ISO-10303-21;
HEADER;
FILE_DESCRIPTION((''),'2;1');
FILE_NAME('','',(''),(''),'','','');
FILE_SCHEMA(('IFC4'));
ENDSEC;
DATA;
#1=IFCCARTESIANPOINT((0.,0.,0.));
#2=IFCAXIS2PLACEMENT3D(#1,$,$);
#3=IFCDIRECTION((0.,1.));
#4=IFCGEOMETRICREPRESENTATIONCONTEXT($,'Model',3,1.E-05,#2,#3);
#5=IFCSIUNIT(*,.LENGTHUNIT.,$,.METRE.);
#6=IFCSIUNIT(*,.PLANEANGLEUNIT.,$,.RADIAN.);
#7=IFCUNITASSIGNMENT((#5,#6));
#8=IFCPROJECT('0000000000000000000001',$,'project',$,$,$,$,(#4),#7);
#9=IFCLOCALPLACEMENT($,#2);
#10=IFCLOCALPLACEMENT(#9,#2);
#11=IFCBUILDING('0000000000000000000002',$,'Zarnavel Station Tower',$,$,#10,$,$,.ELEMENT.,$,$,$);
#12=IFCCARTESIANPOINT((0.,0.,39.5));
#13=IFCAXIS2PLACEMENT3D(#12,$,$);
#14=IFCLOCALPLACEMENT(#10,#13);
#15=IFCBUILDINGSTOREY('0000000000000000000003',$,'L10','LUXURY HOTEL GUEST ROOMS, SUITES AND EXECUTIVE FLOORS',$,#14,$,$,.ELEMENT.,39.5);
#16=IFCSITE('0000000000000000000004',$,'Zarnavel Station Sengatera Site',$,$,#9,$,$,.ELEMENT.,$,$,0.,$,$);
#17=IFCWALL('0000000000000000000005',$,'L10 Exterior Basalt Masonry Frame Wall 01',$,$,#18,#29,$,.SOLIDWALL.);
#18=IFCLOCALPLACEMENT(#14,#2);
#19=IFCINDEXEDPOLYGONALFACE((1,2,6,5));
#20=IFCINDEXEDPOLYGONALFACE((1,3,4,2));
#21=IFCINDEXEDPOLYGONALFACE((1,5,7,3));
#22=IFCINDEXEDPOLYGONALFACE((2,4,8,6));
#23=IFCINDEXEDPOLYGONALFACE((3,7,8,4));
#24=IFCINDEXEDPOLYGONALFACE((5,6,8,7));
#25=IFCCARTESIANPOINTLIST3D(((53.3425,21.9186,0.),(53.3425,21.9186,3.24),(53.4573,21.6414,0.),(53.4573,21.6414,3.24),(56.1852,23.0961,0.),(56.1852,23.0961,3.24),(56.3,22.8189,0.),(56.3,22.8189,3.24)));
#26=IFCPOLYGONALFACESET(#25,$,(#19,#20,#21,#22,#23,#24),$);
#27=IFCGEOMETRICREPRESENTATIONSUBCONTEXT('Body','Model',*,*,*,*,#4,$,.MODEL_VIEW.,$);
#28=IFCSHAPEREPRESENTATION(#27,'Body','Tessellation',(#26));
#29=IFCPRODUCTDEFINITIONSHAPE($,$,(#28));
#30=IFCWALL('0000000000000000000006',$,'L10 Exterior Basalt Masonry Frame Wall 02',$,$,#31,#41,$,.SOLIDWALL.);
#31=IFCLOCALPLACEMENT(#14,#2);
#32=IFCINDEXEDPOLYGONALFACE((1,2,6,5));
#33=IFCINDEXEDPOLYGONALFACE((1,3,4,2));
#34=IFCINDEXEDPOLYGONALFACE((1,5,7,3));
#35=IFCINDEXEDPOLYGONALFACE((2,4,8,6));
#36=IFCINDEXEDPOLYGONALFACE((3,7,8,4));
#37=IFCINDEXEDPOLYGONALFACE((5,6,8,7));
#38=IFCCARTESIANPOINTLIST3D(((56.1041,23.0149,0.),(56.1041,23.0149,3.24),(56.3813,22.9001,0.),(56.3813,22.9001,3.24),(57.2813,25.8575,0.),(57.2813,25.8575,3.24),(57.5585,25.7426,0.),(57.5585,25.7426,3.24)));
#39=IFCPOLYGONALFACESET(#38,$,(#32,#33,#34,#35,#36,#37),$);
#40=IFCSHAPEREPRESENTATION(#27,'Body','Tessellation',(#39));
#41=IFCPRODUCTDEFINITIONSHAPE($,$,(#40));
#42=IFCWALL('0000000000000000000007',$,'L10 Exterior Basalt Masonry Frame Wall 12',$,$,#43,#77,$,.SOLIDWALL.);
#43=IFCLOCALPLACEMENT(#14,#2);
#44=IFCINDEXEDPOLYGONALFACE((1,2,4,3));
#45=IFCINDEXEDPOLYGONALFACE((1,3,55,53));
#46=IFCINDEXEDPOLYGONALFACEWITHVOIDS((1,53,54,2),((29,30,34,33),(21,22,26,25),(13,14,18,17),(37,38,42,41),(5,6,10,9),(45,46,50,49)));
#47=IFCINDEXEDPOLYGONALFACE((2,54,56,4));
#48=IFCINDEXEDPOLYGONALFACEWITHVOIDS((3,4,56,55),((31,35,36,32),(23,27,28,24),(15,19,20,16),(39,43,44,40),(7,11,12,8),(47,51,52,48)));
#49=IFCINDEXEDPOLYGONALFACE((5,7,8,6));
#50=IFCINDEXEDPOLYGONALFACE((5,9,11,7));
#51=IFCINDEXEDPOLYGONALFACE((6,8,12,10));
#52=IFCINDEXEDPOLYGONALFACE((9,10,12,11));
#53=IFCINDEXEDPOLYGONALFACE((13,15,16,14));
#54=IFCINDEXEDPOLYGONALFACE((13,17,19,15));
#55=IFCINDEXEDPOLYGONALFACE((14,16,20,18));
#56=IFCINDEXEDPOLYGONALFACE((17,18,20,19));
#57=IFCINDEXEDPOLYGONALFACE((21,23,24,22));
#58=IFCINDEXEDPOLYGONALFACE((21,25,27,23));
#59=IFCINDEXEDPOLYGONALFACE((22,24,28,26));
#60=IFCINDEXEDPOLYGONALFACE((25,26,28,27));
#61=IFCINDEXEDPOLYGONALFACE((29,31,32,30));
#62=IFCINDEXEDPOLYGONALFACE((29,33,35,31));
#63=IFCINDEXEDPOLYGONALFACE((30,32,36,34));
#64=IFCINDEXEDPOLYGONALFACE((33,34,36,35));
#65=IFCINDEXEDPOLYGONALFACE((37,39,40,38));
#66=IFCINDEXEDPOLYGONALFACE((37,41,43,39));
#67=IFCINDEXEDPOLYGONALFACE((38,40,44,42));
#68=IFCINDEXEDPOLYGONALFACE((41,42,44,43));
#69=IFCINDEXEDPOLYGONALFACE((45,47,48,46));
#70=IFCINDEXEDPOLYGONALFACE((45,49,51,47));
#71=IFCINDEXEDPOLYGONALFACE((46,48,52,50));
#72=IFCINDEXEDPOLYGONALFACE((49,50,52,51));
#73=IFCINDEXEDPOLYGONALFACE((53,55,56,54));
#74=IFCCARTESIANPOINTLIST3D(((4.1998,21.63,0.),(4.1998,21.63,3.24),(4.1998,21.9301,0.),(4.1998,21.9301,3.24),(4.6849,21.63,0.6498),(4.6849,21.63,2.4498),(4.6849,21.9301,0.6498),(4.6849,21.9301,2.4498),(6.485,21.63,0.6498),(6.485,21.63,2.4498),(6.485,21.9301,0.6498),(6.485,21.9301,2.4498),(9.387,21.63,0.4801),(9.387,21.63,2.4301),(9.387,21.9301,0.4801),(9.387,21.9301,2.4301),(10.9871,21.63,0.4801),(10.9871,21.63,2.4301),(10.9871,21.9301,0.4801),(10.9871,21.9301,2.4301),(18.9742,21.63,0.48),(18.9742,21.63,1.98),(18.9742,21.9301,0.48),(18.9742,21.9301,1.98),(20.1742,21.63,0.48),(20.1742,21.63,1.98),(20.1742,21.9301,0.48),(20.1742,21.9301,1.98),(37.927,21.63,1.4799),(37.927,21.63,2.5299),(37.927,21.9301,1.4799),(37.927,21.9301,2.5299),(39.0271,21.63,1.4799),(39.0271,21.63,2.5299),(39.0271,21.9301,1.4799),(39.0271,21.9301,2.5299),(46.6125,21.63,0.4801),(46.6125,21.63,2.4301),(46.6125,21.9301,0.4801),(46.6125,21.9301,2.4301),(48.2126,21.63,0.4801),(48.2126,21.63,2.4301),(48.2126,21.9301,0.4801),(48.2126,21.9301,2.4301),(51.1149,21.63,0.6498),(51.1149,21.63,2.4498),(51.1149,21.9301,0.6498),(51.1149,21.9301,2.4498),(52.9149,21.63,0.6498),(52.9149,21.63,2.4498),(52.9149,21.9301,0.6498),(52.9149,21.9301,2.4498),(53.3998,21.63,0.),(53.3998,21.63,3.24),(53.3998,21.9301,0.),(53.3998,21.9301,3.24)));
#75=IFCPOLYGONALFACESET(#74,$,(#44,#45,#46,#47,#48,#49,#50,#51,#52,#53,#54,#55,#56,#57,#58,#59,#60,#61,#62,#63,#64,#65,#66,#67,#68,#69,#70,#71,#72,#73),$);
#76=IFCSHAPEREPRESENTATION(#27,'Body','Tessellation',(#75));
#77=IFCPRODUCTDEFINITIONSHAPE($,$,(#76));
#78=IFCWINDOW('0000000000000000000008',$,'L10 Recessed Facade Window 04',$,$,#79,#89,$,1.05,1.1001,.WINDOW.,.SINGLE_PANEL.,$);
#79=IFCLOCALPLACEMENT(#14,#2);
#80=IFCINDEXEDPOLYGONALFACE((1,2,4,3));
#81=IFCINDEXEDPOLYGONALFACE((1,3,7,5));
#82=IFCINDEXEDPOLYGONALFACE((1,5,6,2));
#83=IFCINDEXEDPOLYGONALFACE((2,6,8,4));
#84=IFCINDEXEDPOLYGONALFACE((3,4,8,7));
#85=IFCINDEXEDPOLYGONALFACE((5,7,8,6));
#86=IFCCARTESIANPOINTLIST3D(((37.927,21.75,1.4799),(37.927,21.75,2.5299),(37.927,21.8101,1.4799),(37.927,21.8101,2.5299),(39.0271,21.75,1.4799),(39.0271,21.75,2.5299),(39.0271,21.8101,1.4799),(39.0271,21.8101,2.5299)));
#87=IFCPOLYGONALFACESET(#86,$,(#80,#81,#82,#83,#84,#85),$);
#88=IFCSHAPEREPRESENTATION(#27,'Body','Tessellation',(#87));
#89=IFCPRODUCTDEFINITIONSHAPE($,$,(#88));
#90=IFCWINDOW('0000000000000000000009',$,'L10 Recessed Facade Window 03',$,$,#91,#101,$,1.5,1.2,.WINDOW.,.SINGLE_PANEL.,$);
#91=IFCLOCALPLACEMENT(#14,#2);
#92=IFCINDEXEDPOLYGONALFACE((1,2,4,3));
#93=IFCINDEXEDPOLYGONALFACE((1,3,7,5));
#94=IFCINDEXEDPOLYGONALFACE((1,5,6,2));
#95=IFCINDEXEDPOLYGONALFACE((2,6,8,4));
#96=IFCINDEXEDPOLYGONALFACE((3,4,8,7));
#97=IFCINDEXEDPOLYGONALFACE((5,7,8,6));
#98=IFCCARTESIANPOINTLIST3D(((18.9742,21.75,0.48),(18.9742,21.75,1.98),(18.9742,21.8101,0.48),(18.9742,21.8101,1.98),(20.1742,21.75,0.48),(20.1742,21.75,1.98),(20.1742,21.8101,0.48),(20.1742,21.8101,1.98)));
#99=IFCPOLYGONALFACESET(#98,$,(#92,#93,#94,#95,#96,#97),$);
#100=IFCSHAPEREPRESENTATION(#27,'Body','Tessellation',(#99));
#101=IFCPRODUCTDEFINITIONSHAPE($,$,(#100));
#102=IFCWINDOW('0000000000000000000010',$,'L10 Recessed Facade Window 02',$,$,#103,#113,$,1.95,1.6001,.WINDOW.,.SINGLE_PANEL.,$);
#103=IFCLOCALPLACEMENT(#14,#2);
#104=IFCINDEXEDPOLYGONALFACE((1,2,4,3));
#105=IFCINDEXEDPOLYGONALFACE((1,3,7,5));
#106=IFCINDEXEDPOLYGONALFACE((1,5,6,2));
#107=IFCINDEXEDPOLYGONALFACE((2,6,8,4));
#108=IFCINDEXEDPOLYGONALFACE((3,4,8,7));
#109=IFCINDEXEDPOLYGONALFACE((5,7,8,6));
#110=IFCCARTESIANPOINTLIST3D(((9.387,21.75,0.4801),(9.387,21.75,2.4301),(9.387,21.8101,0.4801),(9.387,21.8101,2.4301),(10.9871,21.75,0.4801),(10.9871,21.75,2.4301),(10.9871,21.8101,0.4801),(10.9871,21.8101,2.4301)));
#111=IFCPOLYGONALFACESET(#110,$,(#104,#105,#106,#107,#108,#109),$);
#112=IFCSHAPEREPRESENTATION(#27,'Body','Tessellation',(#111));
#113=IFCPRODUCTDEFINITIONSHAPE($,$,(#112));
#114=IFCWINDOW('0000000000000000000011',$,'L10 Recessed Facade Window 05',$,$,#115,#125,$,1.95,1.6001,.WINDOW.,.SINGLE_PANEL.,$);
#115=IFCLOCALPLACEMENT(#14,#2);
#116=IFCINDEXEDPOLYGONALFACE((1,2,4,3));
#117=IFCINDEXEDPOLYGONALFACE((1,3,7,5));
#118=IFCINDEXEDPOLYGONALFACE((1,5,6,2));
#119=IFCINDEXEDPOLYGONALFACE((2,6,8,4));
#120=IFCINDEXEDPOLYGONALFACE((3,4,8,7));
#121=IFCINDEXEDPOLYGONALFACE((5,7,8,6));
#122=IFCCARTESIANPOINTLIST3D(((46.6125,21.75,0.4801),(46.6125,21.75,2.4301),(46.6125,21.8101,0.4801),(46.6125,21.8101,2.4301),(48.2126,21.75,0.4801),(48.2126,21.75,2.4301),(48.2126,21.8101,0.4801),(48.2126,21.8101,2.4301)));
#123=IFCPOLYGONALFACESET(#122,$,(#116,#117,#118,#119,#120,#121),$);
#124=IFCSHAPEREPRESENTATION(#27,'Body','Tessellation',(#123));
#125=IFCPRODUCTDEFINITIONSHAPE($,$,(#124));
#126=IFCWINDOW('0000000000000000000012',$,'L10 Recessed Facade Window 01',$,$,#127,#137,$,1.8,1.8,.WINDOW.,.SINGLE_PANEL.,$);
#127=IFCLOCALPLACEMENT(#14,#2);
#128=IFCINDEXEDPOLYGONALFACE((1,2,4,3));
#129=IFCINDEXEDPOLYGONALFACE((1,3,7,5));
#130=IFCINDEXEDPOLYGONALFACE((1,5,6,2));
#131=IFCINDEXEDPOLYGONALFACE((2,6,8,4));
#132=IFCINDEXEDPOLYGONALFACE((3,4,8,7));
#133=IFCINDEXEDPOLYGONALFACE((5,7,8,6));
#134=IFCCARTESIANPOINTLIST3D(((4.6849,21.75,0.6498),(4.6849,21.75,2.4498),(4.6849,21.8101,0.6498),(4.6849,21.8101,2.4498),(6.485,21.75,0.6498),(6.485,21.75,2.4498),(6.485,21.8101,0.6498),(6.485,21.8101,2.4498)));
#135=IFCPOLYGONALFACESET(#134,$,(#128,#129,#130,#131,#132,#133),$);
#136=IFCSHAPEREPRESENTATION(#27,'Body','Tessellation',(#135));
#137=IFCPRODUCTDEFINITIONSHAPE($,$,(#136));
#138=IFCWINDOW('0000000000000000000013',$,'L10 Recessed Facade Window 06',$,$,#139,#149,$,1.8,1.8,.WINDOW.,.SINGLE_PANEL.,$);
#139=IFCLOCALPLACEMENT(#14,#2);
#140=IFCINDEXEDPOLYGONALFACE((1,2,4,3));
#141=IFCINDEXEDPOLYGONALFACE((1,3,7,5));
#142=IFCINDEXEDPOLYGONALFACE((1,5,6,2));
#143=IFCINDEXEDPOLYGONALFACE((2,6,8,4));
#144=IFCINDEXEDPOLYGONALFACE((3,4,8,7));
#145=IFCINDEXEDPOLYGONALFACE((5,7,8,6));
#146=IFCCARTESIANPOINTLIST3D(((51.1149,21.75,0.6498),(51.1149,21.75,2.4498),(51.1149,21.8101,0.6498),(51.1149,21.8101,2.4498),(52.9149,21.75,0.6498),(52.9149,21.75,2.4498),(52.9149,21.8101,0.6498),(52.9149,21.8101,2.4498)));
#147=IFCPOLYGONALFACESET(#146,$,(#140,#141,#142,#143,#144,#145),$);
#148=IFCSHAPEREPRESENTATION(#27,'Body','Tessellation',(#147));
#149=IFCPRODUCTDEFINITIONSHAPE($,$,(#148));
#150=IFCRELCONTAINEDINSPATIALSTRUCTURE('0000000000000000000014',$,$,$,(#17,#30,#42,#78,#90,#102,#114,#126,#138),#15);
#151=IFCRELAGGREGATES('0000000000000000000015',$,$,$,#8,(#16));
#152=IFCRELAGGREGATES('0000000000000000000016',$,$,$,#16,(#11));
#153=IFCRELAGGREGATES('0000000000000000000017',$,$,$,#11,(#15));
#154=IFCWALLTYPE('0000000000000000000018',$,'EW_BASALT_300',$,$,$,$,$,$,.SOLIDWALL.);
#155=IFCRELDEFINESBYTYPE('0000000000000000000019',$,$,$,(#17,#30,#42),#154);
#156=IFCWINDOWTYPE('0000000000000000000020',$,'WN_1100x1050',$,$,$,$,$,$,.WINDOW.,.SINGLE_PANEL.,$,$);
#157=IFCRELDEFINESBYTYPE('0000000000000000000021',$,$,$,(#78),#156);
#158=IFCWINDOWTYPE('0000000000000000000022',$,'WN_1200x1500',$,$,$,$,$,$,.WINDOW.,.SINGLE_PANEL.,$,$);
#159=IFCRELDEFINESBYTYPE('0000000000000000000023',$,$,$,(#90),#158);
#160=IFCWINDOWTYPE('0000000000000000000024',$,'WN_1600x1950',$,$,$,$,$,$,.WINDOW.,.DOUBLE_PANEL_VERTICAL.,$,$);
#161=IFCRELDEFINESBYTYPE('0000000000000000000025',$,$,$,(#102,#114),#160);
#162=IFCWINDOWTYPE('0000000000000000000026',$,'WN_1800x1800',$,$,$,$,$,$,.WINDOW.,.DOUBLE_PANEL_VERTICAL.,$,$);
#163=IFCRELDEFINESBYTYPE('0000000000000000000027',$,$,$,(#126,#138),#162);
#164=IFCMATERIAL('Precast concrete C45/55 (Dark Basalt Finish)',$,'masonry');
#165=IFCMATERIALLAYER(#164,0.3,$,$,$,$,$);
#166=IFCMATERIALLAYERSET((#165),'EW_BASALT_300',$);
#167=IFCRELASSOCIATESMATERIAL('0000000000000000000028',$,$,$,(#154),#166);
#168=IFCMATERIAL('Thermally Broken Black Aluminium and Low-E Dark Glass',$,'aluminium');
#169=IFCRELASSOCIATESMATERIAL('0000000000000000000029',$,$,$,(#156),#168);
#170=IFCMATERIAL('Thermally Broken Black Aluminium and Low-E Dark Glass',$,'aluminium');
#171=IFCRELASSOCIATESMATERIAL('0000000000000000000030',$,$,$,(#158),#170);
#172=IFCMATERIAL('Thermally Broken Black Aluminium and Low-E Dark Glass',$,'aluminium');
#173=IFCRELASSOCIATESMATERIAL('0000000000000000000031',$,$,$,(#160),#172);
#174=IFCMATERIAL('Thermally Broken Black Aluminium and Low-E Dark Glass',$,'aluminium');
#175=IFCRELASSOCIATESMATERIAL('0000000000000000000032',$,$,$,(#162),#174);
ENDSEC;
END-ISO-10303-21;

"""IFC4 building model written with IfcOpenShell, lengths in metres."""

from ifc_helpers import new_model, si_unit, direction, frame, frame_2d, origin, place, context, subcontext, project, spatial, rectangle, extrude, material, layer, layer_set, type_object, element, fill, save


model = new_model("IFC4")

# Units and contexts
model_context = context("Model", 3, precision=1e-05, world=origin(), true_north=direction((0.0, 1.0)))
body_context = subcontext(model_context, "Body", "Model", "MODEL_VIEW")
ifc_project = project(units=[si_unit("LENGTHUNIT", "METRE"), si_unit("PLANEANGLEUNIT", "RADIAN")], contexts=[model_context])

# Site, building, storey
site_placement = place(None, origin())
site = spatial("IfcSite", under=ifc_project, at=site_placement, Name="Zarnavel Station Sengatera Site", CompositionType="ELEMENT", RefElevation=0.0)
building_placement = place(site_placement, origin())
building = spatial("IfcBuilding", under=site, at=building_placement, Name="Zarnavel Station Tower", CompositionType="ELEMENT")
storey_placement = place(building_placement, frame((0.0, 0.0, 39.5)))
storey = spatial("IfcBuildingStorey", under=building, at=storey_placement, Name="L10", Description="LUXURY HOTEL GUEST ROOMS, SUITES AND EXECUTIVE FLOORS", CompositionType="ELEMENT", Elevation=39.5)

# Walls
ifc_material_1 = material(Name="Precast concrete C45/55 (Dark Basalt Finish)", Category="masonry")
ifc_layer_1 = layer(ifc_material_1, 0.3)
ifc_layer_set_1 = layer_set([ifc_layer_1], Name="EW_BASALT_300")
wall_type_1 = type_object("IfcWallType", Name="EW_BASALT_300", PredefinedType="SOLIDWALL", material=ifc_layer_set_1)
wall_1_placement = place(storey_placement, frame((56.2427, 22.9575, 0.0), z_axis=(0.0, 0.0, 1.0), x_axis=(-0.923882, -0.382676, 0.0)))
element("IfcWall", 1, at=wall_1_placement, inside=storey, type_object=wall_type_1, Name="L10 Exterior Basalt Masonry Frame Wall 01", PredefinedType="SOLIDWALL", context=body_context, shape_type="SweptSolid", body=[
    extrude(rectangle(XDim=3.0769, YDim=0.3, at=frame_2d((1.5386, 0.0))), origin(), (0.0, 0.0, 1.0), 3.24),
])
wall_2_placement = place(storey_placement, frame((57.4199, 25.8, 0.0), z_axis=(0.0, 0.0, 1.0), x_axis=(-0.382637, -0.923899, 0.0)))
element("IfcWall", 2, at=wall_2_placement, inside=storey, type_object=wall_type_1, Name="L10 Exterior Basalt Masonry Frame Wall 02", PredefinedType="SOLIDWALL", context=body_context, shape_type="SweptSolid", body=[
    extrude(rectangle(XDim=3.0767, YDim=0.3, at=frame_2d((1.5383, 0.0))), origin(), (0.0, 0.0, 1.0), 3.24),
])

# Wall, openings, windows
wall_3_placement = place(storey_placement, frame((53.3999, 21.78, 0.0), z_axis=(0.0, 0.0, 1.0), x_axis=(-1.0, 0.0, 0.0)))
wall_3 = element("IfcWall", 3, at=wall_3_placement, inside=storey, type_object=wall_type_1, Name="L10 Exterior Basalt Masonry Frame Wall 12", PredefinedType="SOLIDWALL", context=body_context, shape_type="SweptSolid", body=[
    extrude(rectangle(XDim=49.2, YDim=0.3, at=frame_2d((24.6001, 0.0))), origin(), (0.0, 0.0, 1.0), 3.24),
])
opening_1_placement = place(wall_3_placement, frame((46.915, 0.0, 0.6499)))
opening_1 = element("IfcOpeningElement", 4, at=opening_1_placement, cuts=wall_3, PredefinedType="OPENING", context=body_context, shape_type="SweptSolid", body=[
    extrude(rectangle(XDim=1.8, YDim=1.8, at=frame_2d((0.8999, 0.8999))), frame((0.0, 0.1599, 0.0), z_axis=(0.0, -1.0, 0.0), x_axis=(1.0, 0.0, 0.0)), (0.0, 0.0, 1.0), 0.3201),
])
opening_2_placement = place(wall_3_placement, frame((42.4128, 0.0, 0.48)))
opening_2 = element("IfcOpeningElement", 5, at=opening_2_placement, cuts=wall_3, PredefinedType="OPENING", context=body_context, shape_type="SweptSolid", body=[
    extrude(rectangle(XDim=1.6001, YDim=1.95, at=frame_2d((0.8, 0.9751))), frame((0.0, 0.1599, 0.0), z_axis=(0.0, -1.0, 0.0), x_axis=(1.0, 0.0, 0.0)), (0.0, 0.0, 1.0), 0.3201),
])
opening_3_placement = place(wall_3_placement, frame((33.2256, 0.0, 0.48)))
opening_3 = element("IfcOpeningElement", 6, at=opening_3_placement, cuts=wall_3, PredefinedType="OPENING", context=body_context, shape_type="SweptSolid", body=[
    extrude(rectangle(XDim=1.2, YDim=1.5, at=frame_2d((0.6001, 0.75))), frame((0.0, 0.1599, 0.0), z_axis=(0.0, -1.0, 0.0), x_axis=(1.0, 0.0, 0.0)), (0.0, 0.0, 1.0), 0.3201),
])
opening_4_placement = place(wall_3_placement, frame((14.3728, 0.0, 1.48)))
opening_4 = element("IfcOpeningElement", 7, at=opening_4_placement, cuts=wall_3, PredefinedType="OPENING", context=body_context, shape_type="SweptSolid", body=[
    extrude(rectangle(XDim=1.1001, YDim=1.05, at=frame_2d((0.55, 0.5249))), frame((0.0, 0.1599, 0.0), z_axis=(0.0, -1.0, 0.0), x_axis=(1.0, 0.0, 0.0)), (0.0, 0.0, 1.0), 0.3201),
])
opening_5_placement = place(wall_3_placement, frame((5.1873, 0.0, 0.48)))
opening_5 = element("IfcOpeningElement", 8, at=opening_5_placement, cuts=wall_3, PredefinedType="OPENING", context=body_context, shape_type="SweptSolid", body=[
    extrude(rectangle(XDim=1.6001, YDim=1.95, at=frame_2d((0.8, 0.9751))), frame((0.0, 0.1599, 0.0), z_axis=(0.0, -1.0, 0.0), x_axis=(1.0, 0.0, 0.0)), (0.0, 0.0, 1.0), 0.3201),
])
opening_6_placement = place(wall_3_placement, frame((0.4851, 0.0, 0.6499)))
opening_6 = element("IfcOpeningElement", 9, at=opening_6_placement, cuts=wall_3, PredefinedType="OPENING", context=body_context, shape_type="SweptSolid", body=[
    extrude(rectangle(XDim=1.8, YDim=1.8, at=frame_2d((0.8999, 0.8999))), frame((0.0, 0.1599, 0.0), z_axis=(0.0, -1.0, 0.0), x_axis=(1.0, 0.0, 0.0)), (0.0, 0.0, 1.0), 0.3201),
])
ifc_material_2 = material(Name="Thermally Broken Black Aluminium and Low-E Dark Glass", Category="aluminium")
window_type_1 = type_object("IfcWindowType", Name="WN_1100x1050", PartitioningType="SINGLE_PANEL", PredefinedType="WINDOW", material=ifc_material_2)
window_1_placement = place(opening_4_placement, origin())
window_1 = element("IfcWindow", 10, at=window_1_placement, inside=storey, type_object=window_type_1, Name="L10 Recessed Facade Window 04", OverallHeight=1.05, OverallWidth=1.1001, PartitioningType="SINGLE_PANEL", PredefinedType="WINDOW", context=body_context, shape_type="SweptSolid", body=[
    extrude(rectangle(XDim=1.1001, YDim=1.05, at=frame_2d((0.55, 0.5249))), frame((0.0, 0.03, 0.0), z_axis=(0.0, -1.0, 0.0), x_axis=(1.0, 0.0, 0.0)), (0.0, 0.0, 1.0), 0.0601),
])
fill(opening_4, window_1)
ifc_material_3 = material(Name="Thermally Broken Black Aluminium and Low-E Dark Glass", Category="aluminium")
window_type_2 = type_object("IfcWindowType", Name="WN_1200x1500", PartitioningType="SINGLE_PANEL", PredefinedType="WINDOW", material=ifc_material_3)
window_2_placement = place(opening_3_placement, origin())
window_2 = element("IfcWindow", 11, at=window_2_placement, inside=storey, type_object=window_type_2, Name="L10 Recessed Facade Window 03", OverallHeight=1.5, OverallWidth=1.2, PartitioningType="SINGLE_PANEL", PredefinedType="WINDOW", context=body_context, shape_type="SweptSolid", body=[
    extrude(rectangle(XDim=1.2, YDim=1.5, at=frame_2d((0.6001, 0.75))), frame((0.0, 0.03, 0.0), z_axis=(0.0, -1.0, 0.0), x_axis=(1.0, 0.0, 0.0)), (0.0, 0.0, 1.0), 0.0601),
])
fill(opening_3, window_2)
ifc_material_4 = material(Name="Thermally Broken Black Aluminium and Low-E Dark Glass", Category="aluminium")
window_type_3 = type_object("IfcWindowType", Name="WN_1600x1950", PartitioningType="DOUBLE_PANEL_VERTICAL", PredefinedType="WINDOW", material=ifc_material_4)
window_3_placement = place(opening_2_placement, origin())
window_3 = element("IfcWindow", 12, at=window_3_placement, inside=storey, type_object=window_type_3, Name="L10 Recessed Facade Window 02", OverallHeight=1.95, OverallWidth=1.6001, PartitioningType="SINGLE_PANEL", PredefinedType="WINDOW", context=body_context, shape_type="SweptSolid", body=[
    extrude(rectangle(XDim=1.6001, YDim=1.95, at=frame_2d((0.8, 0.9751))), frame((0.0, 0.03, 0.0), z_axis=(0.0, -1.0, 0.0), x_axis=(1.0, 0.0, 0.0)), (0.0, 0.0, 1.0), 0.0601),
])
fill(opening_2, window_3)
window_4_placement = place(opening_5_placement, origin())
window_4 = element("IfcWindow", 13, at=window_4_placement, inside=storey, type_object=window_type_3, Name="L10 Recessed Facade Window 05", OverallHeight=1.95, OverallWidth=1.6001, PartitioningType="SINGLE_PANEL", PredefinedType="WINDOW", context=body_context, shape_type="SweptSolid", body=[
    extrude(rectangle(XDim=1.6001, YDim=1.95, at=frame_2d((0.8, 0.9751))), frame((0.0, 0.03, 0.0), z_axis=(0.0, -1.0, 0.0), x_axis=(1.0, 0.0, 0.0)), (0.0, 0.0, 1.0), 0.0601),
])
fill(opening_5, window_4)
ifc_material_5 = material(Name="Thermally Broken Black Aluminium and Low-E Dark Glass", Category="aluminium")
window_type_4 = type_object("IfcWindowType", Name="WN_1800x1800", PartitioningType="DOUBLE_PANEL_VERTICAL", PredefinedType="WINDOW", material=ifc_material_5)
window_5_placement = place(opening_1_placement, origin())
window_5 = element("IfcWindow", 14, at=window_5_placement, inside=storey, type_object=window_type_4, Name="L10 Recessed Facade Window 01", OverallHeight=1.8, OverallWidth=1.8, PartitioningType="SINGLE_PANEL", PredefinedType="WINDOW", context=body_context, shape_type="SweptSolid", body=[
    extrude(rectangle(XDim=1.8, YDim=1.8, at=frame_2d((0.8999, 0.8999))), frame((0.0, 0.03, 0.0), z_axis=(0.0, -1.0, 0.0), x_axis=(1.0, 0.0, 0.0)), (0.0, 0.0, 1.0), 0.0601),
])
fill(opening_1, window_5)
window_6_placement = place(opening_6_placement, origin())
window_6 = element("IfcWindow", 15, at=window_6_placement, inside=storey, type_object=window_type_4, Name="L10 Recessed Facade Window 06", OverallHeight=1.8, OverallWidth=1.8, PartitioningType="SINGLE_PANEL", PredefinedType="WINDOW", context=body_context, shape_type="SweptSolid", body=[
    extrude(rectangle(XDim=1.8, YDim=1.8, at=frame_2d((0.8999, 0.8999))), frame((0.0, 0.03, 0.0), z_axis=(0.0, -1.0, 0.0), x_axis=(1.0, 0.0, 0.0)), (0.0, 0.0, 1.0), 0.0601),
])
fill(opening_6, window_6)

save(model, "model.ifc")
